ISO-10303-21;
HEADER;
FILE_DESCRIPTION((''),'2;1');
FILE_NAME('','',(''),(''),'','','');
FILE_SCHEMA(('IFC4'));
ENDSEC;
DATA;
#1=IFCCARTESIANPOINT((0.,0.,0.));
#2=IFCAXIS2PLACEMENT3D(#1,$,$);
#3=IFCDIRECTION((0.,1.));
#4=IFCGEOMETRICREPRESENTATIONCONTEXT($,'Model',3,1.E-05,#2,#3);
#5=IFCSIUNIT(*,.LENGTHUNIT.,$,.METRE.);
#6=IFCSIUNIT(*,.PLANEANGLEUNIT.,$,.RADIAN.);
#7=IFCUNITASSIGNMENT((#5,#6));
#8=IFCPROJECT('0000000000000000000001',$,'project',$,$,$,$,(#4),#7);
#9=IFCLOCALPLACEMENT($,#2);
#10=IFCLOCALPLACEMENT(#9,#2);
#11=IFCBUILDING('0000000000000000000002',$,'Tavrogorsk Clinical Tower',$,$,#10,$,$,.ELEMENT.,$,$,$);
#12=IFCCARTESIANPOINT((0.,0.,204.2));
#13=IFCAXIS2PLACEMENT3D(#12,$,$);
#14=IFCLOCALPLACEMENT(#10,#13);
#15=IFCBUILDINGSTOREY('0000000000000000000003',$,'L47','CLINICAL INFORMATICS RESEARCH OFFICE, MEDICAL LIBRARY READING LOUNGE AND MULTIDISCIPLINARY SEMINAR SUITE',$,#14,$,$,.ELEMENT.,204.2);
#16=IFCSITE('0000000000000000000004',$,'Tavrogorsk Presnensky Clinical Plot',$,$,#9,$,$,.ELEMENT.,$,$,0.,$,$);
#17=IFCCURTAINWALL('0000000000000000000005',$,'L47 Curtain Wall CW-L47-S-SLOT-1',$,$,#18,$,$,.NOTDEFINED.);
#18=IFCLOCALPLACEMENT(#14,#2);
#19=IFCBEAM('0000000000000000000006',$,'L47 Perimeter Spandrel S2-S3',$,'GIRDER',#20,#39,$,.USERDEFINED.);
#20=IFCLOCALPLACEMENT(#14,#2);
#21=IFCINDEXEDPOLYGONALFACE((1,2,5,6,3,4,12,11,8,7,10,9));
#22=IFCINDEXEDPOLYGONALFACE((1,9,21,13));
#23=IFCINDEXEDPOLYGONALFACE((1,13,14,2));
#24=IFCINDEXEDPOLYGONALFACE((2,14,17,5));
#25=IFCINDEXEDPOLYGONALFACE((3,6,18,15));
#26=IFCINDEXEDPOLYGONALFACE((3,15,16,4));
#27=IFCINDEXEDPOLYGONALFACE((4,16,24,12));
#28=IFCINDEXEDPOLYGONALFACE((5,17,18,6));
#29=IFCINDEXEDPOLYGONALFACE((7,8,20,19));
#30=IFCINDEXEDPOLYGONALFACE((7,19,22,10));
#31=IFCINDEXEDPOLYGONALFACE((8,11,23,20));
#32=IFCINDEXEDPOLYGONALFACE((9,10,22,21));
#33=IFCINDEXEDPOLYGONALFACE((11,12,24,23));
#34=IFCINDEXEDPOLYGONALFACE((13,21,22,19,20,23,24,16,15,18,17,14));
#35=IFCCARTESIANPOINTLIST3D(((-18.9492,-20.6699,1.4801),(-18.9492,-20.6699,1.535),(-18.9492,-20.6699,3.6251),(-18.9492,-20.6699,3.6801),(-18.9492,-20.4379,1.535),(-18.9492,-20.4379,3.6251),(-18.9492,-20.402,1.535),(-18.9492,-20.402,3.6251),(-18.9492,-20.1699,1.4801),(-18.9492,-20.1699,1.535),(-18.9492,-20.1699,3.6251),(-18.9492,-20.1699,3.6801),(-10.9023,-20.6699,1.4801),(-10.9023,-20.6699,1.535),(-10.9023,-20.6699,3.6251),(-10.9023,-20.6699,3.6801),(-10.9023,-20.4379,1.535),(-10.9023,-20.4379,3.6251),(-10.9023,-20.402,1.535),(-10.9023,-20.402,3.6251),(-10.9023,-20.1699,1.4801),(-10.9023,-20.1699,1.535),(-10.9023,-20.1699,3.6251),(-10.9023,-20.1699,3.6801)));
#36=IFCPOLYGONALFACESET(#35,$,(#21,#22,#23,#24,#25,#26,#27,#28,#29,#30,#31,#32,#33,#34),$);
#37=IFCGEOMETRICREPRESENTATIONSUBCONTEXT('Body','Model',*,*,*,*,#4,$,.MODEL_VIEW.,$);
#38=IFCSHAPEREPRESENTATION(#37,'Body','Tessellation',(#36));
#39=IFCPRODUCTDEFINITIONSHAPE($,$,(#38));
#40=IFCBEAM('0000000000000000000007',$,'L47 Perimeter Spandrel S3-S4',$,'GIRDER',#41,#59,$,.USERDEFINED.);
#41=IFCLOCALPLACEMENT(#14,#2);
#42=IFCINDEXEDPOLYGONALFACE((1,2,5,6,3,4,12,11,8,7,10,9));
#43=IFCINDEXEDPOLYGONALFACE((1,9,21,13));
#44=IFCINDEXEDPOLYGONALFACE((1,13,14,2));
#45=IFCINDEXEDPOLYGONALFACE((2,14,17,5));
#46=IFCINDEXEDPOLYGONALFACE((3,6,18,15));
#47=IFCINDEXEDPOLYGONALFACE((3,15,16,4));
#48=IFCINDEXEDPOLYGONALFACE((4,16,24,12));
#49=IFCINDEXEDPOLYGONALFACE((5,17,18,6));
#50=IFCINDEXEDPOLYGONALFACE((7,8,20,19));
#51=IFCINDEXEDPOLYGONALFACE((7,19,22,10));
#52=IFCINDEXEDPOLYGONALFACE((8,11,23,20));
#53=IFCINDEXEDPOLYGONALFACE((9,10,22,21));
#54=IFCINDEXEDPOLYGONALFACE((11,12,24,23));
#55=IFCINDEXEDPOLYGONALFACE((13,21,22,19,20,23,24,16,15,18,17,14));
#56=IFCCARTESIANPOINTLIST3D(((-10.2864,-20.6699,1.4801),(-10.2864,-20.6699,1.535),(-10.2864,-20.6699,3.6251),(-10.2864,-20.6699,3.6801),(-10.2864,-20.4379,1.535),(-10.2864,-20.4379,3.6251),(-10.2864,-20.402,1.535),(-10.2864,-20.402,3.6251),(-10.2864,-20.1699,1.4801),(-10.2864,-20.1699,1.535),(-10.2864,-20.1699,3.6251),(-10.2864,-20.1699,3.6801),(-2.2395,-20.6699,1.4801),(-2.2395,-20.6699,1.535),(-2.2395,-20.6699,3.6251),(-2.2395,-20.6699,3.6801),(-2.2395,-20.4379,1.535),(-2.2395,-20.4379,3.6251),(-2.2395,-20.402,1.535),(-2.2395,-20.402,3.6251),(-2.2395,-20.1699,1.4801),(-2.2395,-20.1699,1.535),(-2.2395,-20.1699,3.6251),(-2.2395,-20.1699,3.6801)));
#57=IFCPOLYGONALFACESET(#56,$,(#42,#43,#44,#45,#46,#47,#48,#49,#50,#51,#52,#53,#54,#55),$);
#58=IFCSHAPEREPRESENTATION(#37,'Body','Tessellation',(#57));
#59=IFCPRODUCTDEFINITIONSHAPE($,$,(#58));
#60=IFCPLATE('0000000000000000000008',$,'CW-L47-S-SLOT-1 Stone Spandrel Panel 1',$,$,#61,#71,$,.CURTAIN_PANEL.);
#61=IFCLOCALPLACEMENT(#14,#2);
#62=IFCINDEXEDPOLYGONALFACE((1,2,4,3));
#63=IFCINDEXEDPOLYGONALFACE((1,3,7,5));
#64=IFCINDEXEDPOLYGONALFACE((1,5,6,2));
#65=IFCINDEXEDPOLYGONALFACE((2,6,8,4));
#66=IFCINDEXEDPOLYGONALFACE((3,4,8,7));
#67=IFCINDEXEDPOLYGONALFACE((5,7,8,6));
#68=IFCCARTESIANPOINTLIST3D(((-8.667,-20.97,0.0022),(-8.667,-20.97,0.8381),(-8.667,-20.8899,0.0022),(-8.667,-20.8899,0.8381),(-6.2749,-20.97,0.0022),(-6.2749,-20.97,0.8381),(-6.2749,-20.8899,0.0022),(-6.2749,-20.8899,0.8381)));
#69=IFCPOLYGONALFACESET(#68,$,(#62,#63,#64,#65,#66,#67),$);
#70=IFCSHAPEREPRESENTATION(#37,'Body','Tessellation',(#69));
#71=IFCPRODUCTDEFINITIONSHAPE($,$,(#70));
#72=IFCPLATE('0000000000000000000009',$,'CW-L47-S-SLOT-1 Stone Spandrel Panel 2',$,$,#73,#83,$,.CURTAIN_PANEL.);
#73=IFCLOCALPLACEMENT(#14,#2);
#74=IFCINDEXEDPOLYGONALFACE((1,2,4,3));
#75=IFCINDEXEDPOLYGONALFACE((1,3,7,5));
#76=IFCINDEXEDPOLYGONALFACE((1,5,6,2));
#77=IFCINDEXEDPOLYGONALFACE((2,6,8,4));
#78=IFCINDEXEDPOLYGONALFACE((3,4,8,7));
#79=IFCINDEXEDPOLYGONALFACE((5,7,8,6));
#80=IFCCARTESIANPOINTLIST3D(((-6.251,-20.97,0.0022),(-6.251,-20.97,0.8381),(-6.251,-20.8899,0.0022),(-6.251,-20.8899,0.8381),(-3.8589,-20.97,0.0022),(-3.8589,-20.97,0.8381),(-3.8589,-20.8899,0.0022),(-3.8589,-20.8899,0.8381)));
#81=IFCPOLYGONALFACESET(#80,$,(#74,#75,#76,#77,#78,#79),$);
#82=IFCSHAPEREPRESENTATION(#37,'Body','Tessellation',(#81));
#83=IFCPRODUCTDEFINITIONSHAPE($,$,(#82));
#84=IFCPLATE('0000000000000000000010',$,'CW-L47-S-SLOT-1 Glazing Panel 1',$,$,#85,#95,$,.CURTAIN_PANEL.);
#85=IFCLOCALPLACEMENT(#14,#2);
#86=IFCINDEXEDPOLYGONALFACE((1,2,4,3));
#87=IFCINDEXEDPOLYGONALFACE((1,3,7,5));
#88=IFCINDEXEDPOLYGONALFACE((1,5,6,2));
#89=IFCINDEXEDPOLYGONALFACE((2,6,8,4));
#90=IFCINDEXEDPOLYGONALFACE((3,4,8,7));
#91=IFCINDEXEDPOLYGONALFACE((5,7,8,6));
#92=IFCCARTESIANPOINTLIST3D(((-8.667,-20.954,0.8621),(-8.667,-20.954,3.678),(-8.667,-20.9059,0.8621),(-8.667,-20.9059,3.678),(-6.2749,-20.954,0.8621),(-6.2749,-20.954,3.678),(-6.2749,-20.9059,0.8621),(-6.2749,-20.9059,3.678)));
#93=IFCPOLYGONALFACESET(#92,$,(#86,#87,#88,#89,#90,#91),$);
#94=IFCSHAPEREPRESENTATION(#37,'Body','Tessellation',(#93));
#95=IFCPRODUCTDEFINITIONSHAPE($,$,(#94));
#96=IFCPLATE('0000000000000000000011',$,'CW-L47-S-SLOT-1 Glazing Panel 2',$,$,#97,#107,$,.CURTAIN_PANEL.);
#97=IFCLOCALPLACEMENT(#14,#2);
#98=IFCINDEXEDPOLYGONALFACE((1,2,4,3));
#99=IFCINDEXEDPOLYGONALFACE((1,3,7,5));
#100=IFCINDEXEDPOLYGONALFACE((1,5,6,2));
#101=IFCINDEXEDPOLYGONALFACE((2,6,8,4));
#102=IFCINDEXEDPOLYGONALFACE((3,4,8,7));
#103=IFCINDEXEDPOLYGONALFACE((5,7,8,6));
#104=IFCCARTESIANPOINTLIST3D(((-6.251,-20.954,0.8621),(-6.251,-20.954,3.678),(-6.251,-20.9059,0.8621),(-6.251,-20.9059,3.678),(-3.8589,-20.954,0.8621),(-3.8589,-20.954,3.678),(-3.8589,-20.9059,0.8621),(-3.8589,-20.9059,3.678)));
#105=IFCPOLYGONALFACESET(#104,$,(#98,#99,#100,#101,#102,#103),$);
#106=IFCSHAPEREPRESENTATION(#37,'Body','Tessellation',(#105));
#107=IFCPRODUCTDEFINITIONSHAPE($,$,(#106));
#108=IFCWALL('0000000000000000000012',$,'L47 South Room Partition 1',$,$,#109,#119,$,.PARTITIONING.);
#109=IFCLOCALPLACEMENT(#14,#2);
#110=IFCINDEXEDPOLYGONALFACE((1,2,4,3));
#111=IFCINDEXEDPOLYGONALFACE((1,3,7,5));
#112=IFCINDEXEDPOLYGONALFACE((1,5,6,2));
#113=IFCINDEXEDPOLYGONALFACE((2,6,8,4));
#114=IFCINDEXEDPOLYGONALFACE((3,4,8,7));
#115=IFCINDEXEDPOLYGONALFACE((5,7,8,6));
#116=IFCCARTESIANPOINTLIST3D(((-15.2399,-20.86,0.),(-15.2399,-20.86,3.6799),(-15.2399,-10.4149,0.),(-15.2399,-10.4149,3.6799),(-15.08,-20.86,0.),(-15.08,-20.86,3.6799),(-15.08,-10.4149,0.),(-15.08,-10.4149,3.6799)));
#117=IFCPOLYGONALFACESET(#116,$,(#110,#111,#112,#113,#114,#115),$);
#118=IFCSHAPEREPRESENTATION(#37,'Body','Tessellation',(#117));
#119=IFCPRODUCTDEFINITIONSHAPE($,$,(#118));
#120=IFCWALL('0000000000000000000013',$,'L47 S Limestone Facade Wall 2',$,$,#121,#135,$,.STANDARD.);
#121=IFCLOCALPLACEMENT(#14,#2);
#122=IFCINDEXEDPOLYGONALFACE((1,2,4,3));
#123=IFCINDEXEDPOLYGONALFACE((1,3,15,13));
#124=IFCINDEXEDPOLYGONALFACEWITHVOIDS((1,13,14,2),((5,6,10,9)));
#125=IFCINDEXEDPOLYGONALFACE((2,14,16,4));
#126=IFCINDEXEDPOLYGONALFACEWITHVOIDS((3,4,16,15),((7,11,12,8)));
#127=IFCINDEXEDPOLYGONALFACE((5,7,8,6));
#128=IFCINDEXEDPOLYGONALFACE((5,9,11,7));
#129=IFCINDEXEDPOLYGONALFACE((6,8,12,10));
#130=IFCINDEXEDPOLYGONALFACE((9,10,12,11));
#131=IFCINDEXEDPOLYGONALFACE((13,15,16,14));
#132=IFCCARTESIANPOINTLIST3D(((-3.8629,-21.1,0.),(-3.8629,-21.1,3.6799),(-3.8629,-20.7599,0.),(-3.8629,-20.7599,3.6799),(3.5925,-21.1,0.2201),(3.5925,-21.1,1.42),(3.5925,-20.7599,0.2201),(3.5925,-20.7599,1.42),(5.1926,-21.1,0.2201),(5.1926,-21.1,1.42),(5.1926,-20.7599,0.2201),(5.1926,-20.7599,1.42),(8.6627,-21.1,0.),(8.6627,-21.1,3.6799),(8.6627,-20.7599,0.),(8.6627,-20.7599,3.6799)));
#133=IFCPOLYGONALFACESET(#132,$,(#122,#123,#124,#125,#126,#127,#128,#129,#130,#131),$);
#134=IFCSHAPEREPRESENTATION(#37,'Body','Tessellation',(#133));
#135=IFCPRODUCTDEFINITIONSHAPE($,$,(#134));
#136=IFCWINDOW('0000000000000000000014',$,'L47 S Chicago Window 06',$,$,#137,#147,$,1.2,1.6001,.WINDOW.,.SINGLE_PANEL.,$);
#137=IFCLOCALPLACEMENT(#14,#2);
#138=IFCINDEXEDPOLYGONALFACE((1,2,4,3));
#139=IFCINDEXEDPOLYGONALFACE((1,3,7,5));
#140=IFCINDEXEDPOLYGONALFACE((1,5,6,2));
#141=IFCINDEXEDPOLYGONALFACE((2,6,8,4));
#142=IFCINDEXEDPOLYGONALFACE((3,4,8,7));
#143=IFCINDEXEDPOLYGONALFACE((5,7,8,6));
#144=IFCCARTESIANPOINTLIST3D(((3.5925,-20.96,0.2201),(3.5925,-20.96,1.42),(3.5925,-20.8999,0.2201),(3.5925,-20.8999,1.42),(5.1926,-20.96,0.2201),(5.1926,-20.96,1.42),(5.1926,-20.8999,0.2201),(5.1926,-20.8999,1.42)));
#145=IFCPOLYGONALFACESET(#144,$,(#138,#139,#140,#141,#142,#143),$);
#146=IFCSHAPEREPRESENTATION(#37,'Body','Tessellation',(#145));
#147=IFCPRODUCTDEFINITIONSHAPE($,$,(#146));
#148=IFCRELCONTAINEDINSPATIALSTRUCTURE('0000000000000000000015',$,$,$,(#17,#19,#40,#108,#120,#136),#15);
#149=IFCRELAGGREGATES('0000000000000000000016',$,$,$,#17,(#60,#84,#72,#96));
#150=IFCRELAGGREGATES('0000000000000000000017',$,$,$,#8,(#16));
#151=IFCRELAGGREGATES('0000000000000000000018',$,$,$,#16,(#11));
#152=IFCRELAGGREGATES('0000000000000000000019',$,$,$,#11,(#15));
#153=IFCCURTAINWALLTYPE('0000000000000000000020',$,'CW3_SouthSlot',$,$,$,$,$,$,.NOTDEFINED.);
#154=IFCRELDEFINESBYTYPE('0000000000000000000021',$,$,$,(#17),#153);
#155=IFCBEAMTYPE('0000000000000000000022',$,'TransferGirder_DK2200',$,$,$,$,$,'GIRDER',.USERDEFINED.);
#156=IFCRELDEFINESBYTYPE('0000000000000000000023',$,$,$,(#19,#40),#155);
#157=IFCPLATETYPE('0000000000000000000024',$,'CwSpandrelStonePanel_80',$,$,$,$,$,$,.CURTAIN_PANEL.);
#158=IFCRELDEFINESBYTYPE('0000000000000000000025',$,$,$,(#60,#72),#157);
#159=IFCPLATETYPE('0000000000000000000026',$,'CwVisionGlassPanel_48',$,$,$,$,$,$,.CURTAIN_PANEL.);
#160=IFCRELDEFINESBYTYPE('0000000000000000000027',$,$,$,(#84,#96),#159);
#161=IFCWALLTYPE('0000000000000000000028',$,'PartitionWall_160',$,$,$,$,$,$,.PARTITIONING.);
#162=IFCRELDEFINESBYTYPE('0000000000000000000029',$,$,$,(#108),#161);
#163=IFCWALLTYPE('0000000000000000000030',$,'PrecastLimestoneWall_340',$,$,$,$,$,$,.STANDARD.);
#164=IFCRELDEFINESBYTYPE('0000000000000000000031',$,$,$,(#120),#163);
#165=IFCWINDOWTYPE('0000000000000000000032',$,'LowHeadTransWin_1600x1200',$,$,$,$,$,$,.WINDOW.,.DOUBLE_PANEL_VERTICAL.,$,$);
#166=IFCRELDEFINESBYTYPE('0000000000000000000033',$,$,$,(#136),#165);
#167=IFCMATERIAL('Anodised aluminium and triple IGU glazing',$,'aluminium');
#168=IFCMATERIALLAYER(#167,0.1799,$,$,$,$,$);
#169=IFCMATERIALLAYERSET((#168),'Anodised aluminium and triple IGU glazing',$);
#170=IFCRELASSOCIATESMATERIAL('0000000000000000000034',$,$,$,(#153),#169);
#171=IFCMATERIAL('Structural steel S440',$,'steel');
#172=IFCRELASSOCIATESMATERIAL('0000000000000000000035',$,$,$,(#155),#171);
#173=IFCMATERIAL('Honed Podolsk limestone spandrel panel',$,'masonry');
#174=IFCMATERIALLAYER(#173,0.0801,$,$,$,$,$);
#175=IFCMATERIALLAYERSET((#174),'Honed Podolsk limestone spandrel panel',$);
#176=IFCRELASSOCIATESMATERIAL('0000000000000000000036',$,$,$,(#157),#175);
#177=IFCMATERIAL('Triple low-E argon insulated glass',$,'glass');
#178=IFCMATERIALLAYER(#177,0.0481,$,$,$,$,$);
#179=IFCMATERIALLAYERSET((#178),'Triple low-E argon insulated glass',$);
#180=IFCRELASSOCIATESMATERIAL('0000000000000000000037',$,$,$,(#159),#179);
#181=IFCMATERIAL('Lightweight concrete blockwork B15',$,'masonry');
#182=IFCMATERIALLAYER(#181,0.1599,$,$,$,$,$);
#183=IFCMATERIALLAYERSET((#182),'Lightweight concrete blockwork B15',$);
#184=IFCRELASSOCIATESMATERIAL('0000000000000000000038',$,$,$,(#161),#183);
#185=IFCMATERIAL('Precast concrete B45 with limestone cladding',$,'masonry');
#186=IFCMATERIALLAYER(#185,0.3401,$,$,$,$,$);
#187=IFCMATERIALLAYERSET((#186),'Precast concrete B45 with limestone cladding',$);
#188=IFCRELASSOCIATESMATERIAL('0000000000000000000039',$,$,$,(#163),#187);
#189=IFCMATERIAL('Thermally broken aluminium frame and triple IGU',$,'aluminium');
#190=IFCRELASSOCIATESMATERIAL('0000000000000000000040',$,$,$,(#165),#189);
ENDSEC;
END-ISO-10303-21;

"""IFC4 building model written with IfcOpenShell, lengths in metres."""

from ifc_helpers import new_model, si_unit, direction, frame, frame_2d, origin, origin_2d, place, context, subcontext, project, spatial, rectangle, i_section, extrude, material, layer, layer_set, material_profile, profile_set, type_object, element, fill, aggregate, save


model = new_model("IFC4")

# Units and contexts
model_context = context("Model", 3, precision=1e-05, world=origin(), true_north=direction((0.0, 1.0)))
body_context = subcontext(model_context, "Body", "Model", "MODEL_VIEW")
ifc_project = project(units=[si_unit("LENGTHUNIT", "METRE"), si_unit("PLANEANGLEUNIT", "RADIAN")], contexts=[model_context])

# Site, building, storey
site_placement = place(None, origin())
site = spatial("IfcSite", under=ifc_project, at=site_placement, Name="Tavrogorsk Presnensky Clinical Plot", CompositionType="ELEMENT", RefElevation=0.0)
building_placement = place(site_placement, origin())
building = spatial("IfcBuilding", under=site, at=building_placement, Name="Tavrogorsk Clinical Tower", CompositionType="ELEMENT")
storey_placement = place(building_placement, frame((0.0, 0.0, 204.2)))
storey = spatial("IfcBuildingStorey", under=building, at=storey_placement, Name="L47", Description="CLINICAL INFORMATICS RESEARCH OFFICE, MEDICAL LIBRARY READING LOUNGE AND MULTIDISCIPLINARY SEMINAR SUITE", CompositionType="ELEMENT", Elevation=204.2)

# Curtain wall
ifc_material_1 = material(Name="Anodised aluminium and triple IGU glazing", Category="aluminium")
ifc_layer_1 = layer(ifc_material_1, 0.1799)
ifc_layer_set_1 = layer_set([ifc_layer_1], Name="Anodised aluminium and triple IGU glazing")
curtain_wall_type = type_object("IfcCurtainWallType", Name="CW3_SouthSlot", PredefinedType="NOTDEFINED", material=ifc_layer_set_1)
curtain_wall_placement = place(storey_placement, origin())
curtain_wall = element("IfcCurtainWall", 1, at=curtain_wall_placement, inside=storey, type_object=curtain_wall_type, Name="L47 Curtain Wall CW-L47-S-SLOT-1", PredefinedType="NOTDEFINED")

# Beams
ifc_material_2 = material(Name="Structural steel S440", Category="steel")
ifc_material_profile_1 = material_profile(ifc_material_2, i_section(OverallWidth=0.5, OverallDepth=2.2, WebThickness=0.0359, FlangeThickness=0.0549, at=origin_2d()), Name="DK-2200x500x36x55")
ifc_profile_set_1 = profile_set([ifc_material_profile_1], Name="Structural steel S440")
beam_type = type_object("IfcBeamType", Name="TransferGirder_DK2200", ElementType="GIRDER", PredefinedType="USERDEFINED", material=ifc_profile_set_1)
for number, where, z_axis, x_axis, name in (
    (2, (-18.9492, -20.4199, 2.5801), (1.0, 0.0, 0.0), (0.0, 1.0, 0.0), "L47 Perimeter Spandrel S2-S3"),
    (3, (-10.2864, -20.4199, 2.5801), (1.0, 0.0, 0.0), (0.0, 1.0, 0.0), "L47 Perimeter Spandrel S3-S4"),
):
    element("IfcBeam", number, at=place(storey_placement, frame(where, z_axis=z_axis, x_axis=x_axis)), inside=storey, type_object=beam_type, Name=name, ObjectType="GIRDER", PredefinedType="USERDEFINED", context=body_context, shape_type="SweptSolid", body=[
        extrude(i_section(OverallWidth=0.5, OverallDepth=2.2, WebThickness=0.0359, FlangeThickness=0.0549, at=origin_2d()), origin(), (0.0, 0.0, 1.0), 8.0469),
    ])

# Plates
ifc_material_3 = material(Name="Honed Podolsk limestone spandrel panel", Category="masonry")
ifc_layer_2 = layer(ifc_material_3, 0.0801)
ifc_layer_set_2 = layer_set([ifc_layer_2], Name="Honed Podolsk limestone spandrel panel")
plate_type_1 = type_object("IfcPlateType", Name="CwSpandrelStonePanel_80", PredefinedType="CURTAIN_PANEL", material=ifc_layer_set_2)
plate_1_placement = place(storey_placement, frame((-7.4709, -20.9299, 0.0022), z_axis=(0.0, 0.0, 1.0), x_axis=(1.0, 0.0, 0.0)))
plate_1 = element("IfcPlate", 4, at=plate_1_placement, type_object=plate_type_1, Name="CW-L47-S-SLOT-1 Stone Spandrel Panel 1", PredefinedType="CURTAIN_PANEL", context=body_context, shape_type="SweptSolid", body=[
    extrude(rectangle(XDim=2.3921, YDim=0.0801, at=origin_2d()), origin(), (0.0, 0.0, 1.0), 0.8359),
])
plate_2_placement = place(storey_placement, frame((-5.0549, -20.9299, 0.0022), z_axis=(0.0, 0.0, 1.0), x_axis=(1.0, 0.0, 0.0)))
plate_2 = element("IfcPlate", 5, at=plate_2_placement, type_object=plate_type_1, Name="CW-L47-S-SLOT-1 Stone Spandrel Panel 2", PredefinedType="CURTAIN_PANEL", context=body_context, shape_type="SweptSolid", body=[
    extrude(rectangle(XDim=2.3921, YDim=0.0801, at=origin_2d()), origin(), (0.0, 0.0, 1.0), 0.8359),
])
ifc_material_4 = material(Name="Triple low-E argon insulated glass", Category="glass")
ifc_layer_3 = layer(ifc_material_4, 0.0481)
ifc_layer_set_3 = layer_set([ifc_layer_3], Name="Triple low-E argon insulated glass")
plate_type_2 = type_object("IfcPlateType", Name="CwVisionGlassPanel_48", PredefinedType="CURTAIN_PANEL", material=ifc_layer_set_3)
plate_3_placement = place(storey_placement, frame((-7.4709, -20.9299, 0.8621), z_axis=(0.0, 0.0, 1.0), x_axis=(1.0, 0.0, 0.0)))
plate_3 = element("IfcPlate", 6, at=plate_3_placement, type_object=plate_type_2, Name="CW-L47-S-SLOT-1 Glazing Panel 1", PredefinedType="CURTAIN_PANEL", context=body_context, shape_type="SweptSolid", body=[
    extrude(rectangle(XDim=2.3921, YDim=0.0481, at=origin_2d()), origin(), (0.0, 0.0, 1.0), 2.8159),
])
plate_4_placement = place(storey_placement, frame((-5.0549, -20.9299, 0.8621), z_axis=(0.0, 0.0, 1.0), x_axis=(1.0, 0.0, 0.0)))
plate_4 = element("IfcPlate", 7, at=plate_4_placement, type_object=plate_type_2, Name="CW-L47-S-SLOT-1 Glazing Panel 2", PredefinedType="CURTAIN_PANEL", context=body_context, shape_type="SweptSolid", body=[
    extrude(rectangle(XDim=2.3921, YDim=0.0481, at=origin_2d()), origin(), (0.0, 0.0, 1.0), 2.8159),
])
aggregate(curtain_wall, [plate_1, plate_3, plate_2, plate_4])

# Wall
ifc_material_5 = material(Name="Lightweight concrete blockwork B15", Category="masonry")
ifc_layer_4 = layer(ifc_material_5, 0.1599)
ifc_layer_set_4 = layer_set([ifc_layer_4], Name="Lightweight concrete blockwork B15")
wall_type_1 = type_object("IfcWallType", Name="PartitionWall_160", PredefinedType="PARTITIONING", material=ifc_layer_set_4)
wall_1_placement = place(storey_placement, frame((-15.1599, -20.8601, 0.0), z_axis=(0.0, 0.0, 1.0), x_axis=(0.0, 1.0, 0.0)))
element("IfcWall", 8, at=wall_1_placement, inside=storey, type_object=wall_type_1, Name="L47 South Room Partition 1", PredefinedType="PARTITIONING", context=body_context, shape_type="SweptSolid", body=[
    extrude(rectangle(XDim=10.4451, YDim=0.1599, at=frame_2d((5.2227, 0.0))), origin(), (0.0, 0.0, 1.0), 3.6799),
])

# Wall, opening, window
ifc_material_6 = material(Name="Precast concrete B45 with limestone cladding", Category="masonry")
ifc_layer_5 = layer(ifc_material_6, 0.3401)
ifc_layer_set_5 = layer_set([ifc_layer_5], Name="Precast concrete B45 with limestone cladding")
wall_type_2 = type_object("IfcWallType", Name="PrecastLimestoneWall_340", PredefinedType="STANDARD", material=ifc_layer_set_5)
wall_2_placement = place(storey_placement, frame((-3.8628, -20.9299, 0.0), z_axis=(0.0, 0.0, 1.0), x_axis=(1.0, 0.0, 0.0)))
wall_2 = element("IfcWall", 9, at=wall_2_placement, inside=storey, type_object=wall_type_2, Name="L47 S Limestone Facade Wall 2", PredefinedType="STANDARD", context=body_context, shape_type="SweptSolid", body=[
    extrude(rectangle(XDim=12.5256, YDim=0.3401, at=frame_2d((6.2627, 0.0))), origin(), (0.0, 0.0, 1.0), 3.6799),
])
opening_placement = place(wall_2_placement, frame((7.4553, 0.0, 0.22)))
opening = element("IfcOpeningElement", 10, at=opening_placement, cuts=wall_2, PredefinedType="OPENING", context=body_context, shape_type="SweptSolid", body=[
    extrude(rectangle(XDim=1.6001, YDim=1.2, at=frame_2d((0.8, 0.6001))), frame((0.0, 0.1799, 0.0), z_axis=(0.0, -1.0, 0.0), x_axis=(1.0, 0.0, 0.0)), (0.0, 0.0, 1.0), 0.3601),
])
ifc_material_7 = material(Name="Thermally broken aluminium frame and triple IGU", Category="aluminium")
window_type = type_object("IfcWindowType", Name="LowHeadTransWin_1600x1200", PartitioningType="DOUBLE_PANEL_VERTICAL", PredefinedType="WINDOW", material=ifc_material_7)
window_placement = place(opening_placement, origin())
window = element("IfcWindow", 11, at=window_placement, inside=storey, type_object=window_type, Name="L47 S Chicago Window 06", OverallHeight=1.2, OverallWidth=1.6001, PartitioningType="SINGLE_PANEL", PredefinedType="WINDOW", context=body_context, shape_type="SweptSolid", body=[
    extrude(rectangle(XDim=1.6001, YDim=1.2, at=frame_2d((0.8, 0.6001))), frame((0.0, 0.03, 0.0), z_axis=(0.0, -1.0, 0.0), x_axis=(1.0, 0.0, 0.0)), (0.0, 0.0, 1.0), 0.0601),
])
fill(opening, window)

save(model, "model.ifc")
